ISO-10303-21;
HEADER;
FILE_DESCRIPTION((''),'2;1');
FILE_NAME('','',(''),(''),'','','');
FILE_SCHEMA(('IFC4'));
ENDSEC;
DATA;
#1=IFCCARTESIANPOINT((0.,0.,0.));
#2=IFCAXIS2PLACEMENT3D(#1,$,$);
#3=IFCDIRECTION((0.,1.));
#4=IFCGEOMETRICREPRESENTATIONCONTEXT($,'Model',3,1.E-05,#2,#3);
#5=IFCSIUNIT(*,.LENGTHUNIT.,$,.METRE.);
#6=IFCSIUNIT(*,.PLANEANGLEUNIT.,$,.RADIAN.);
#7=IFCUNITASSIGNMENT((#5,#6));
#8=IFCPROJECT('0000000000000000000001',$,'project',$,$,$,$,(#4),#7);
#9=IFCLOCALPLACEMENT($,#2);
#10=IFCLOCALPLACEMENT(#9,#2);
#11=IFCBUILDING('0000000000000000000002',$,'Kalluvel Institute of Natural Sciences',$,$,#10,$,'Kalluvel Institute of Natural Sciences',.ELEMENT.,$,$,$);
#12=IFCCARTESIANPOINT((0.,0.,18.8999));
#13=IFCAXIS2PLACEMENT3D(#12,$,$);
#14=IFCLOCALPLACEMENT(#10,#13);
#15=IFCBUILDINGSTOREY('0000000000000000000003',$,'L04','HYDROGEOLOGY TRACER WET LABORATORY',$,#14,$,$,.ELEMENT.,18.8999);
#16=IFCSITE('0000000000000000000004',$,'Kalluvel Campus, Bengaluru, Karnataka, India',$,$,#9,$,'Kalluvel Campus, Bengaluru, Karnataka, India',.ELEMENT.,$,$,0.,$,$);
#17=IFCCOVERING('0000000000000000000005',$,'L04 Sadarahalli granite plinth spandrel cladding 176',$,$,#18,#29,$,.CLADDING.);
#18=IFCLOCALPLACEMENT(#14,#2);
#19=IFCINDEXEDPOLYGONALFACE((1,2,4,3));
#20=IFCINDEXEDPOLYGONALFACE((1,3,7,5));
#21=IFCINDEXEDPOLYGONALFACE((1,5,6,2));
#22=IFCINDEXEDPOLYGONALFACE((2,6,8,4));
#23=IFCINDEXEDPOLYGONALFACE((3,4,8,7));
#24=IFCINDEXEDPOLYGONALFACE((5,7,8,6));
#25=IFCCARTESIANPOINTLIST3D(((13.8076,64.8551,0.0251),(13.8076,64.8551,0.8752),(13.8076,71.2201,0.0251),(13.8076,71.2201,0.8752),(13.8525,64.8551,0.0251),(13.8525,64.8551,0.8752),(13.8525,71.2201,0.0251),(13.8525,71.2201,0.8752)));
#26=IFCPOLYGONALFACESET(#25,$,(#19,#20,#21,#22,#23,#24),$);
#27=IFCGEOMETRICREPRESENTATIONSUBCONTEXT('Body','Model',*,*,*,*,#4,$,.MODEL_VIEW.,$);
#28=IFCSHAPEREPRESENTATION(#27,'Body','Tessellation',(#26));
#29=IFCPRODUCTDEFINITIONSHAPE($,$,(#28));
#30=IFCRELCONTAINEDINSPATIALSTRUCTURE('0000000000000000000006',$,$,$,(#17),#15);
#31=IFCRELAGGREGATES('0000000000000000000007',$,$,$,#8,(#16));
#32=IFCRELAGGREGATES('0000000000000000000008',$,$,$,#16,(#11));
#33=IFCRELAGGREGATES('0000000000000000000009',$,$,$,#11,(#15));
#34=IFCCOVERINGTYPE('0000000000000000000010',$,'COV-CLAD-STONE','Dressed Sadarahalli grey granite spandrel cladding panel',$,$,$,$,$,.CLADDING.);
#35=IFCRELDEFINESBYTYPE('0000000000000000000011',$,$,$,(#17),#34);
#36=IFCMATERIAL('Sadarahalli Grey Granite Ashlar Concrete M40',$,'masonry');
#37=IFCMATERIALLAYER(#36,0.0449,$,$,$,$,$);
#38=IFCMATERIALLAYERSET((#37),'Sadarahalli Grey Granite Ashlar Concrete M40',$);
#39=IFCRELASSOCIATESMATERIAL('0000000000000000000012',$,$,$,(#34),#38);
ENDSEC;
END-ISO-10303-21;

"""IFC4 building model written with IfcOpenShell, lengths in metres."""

from ifc_helpers import new_model, si_unit, direction, frame, origin, origin_2d, place, context, subcontext, project, spatial, rectangle, extrude, material, layer, layer_set, type_object, element, save


model = new_model("IFC4")

# Units and contexts
model_context = context("Model", 3, precision=1e-05, world=origin(), true_north=direction((0.0, 1.0)))
body_context = subcontext(model_context, "Body", "Model", "MODEL_VIEW")
ifc_project = project(units=[si_unit("LENGTHUNIT", "METRE"), si_unit("PLANEANGLEUNIT", "RADIAN")], contexts=[model_context])

# Site, building, storey
site_placement = place(None, origin())
site = spatial("IfcSite", under=ifc_project, at=site_placement, Name="Kalluvel Campus, Bengaluru, Karnataka, India", LongName="Kalluvel Campus, Bengaluru, Karnataka, India", CompositionType="ELEMENT", RefElevation=0.0)
building_placement = place(site_placement, origin())
building = spatial("IfcBuilding", under=site, at=building_placement, Name="Kalluvel Institute of Natural Sciences", LongName="Kalluvel Institute of Natural Sciences", CompositionType="ELEMENT")
storey_placement = place(building_placement, frame((0.0, 0.0, 18.8999)))
storey = spatial("IfcBuildingStorey", under=building, at=storey_placement, Name="L04", Description="HYDROGEOLOGY TRACER WET LABORATORY", CompositionType="ELEMENT", Elevation=18.8999)

# Shared definitions
ifc_material_1 = material(Name="Sadarahalli Grey Granite Ashlar Concrete M40", Category="masonry")

# Covering
ifc_layer_1 = layer(ifc_material_1, 0.0449)
ifc_layer_set_1 = layer_set([ifc_layer_1], Name="Sadarahalli Grey Granite Ashlar Concrete M40")
covering_type = type_object("IfcCoveringType", Name="COV-CLAD-STONE", Description="Dressed Sadarahalli grey granite spandrel cladding panel", PredefinedType="CLADDING", material=ifc_layer_set_1)
covering_placement = place(storey_placement, frame((13.8301, 68.0376, 0.0251), z_axis=(0.0, 0.0, 1.0), x_axis=(0.0, 1.0, 0.0)))
element("IfcCovering", 1, at=covering_placement, inside=storey, type_object=covering_type, Name="L04 Sadarahalli granite plinth spandrel cladding 176", PredefinedType="CLADDING", context=body_context, shape_type="SweptSolid", body=[
    extrude(rectangle(XDim=6.365, YDim=0.0449, at=origin_2d()), origin(), (0.0, 0.0, 1.0), 0.8501),
])

save(model, "model.ifc")
